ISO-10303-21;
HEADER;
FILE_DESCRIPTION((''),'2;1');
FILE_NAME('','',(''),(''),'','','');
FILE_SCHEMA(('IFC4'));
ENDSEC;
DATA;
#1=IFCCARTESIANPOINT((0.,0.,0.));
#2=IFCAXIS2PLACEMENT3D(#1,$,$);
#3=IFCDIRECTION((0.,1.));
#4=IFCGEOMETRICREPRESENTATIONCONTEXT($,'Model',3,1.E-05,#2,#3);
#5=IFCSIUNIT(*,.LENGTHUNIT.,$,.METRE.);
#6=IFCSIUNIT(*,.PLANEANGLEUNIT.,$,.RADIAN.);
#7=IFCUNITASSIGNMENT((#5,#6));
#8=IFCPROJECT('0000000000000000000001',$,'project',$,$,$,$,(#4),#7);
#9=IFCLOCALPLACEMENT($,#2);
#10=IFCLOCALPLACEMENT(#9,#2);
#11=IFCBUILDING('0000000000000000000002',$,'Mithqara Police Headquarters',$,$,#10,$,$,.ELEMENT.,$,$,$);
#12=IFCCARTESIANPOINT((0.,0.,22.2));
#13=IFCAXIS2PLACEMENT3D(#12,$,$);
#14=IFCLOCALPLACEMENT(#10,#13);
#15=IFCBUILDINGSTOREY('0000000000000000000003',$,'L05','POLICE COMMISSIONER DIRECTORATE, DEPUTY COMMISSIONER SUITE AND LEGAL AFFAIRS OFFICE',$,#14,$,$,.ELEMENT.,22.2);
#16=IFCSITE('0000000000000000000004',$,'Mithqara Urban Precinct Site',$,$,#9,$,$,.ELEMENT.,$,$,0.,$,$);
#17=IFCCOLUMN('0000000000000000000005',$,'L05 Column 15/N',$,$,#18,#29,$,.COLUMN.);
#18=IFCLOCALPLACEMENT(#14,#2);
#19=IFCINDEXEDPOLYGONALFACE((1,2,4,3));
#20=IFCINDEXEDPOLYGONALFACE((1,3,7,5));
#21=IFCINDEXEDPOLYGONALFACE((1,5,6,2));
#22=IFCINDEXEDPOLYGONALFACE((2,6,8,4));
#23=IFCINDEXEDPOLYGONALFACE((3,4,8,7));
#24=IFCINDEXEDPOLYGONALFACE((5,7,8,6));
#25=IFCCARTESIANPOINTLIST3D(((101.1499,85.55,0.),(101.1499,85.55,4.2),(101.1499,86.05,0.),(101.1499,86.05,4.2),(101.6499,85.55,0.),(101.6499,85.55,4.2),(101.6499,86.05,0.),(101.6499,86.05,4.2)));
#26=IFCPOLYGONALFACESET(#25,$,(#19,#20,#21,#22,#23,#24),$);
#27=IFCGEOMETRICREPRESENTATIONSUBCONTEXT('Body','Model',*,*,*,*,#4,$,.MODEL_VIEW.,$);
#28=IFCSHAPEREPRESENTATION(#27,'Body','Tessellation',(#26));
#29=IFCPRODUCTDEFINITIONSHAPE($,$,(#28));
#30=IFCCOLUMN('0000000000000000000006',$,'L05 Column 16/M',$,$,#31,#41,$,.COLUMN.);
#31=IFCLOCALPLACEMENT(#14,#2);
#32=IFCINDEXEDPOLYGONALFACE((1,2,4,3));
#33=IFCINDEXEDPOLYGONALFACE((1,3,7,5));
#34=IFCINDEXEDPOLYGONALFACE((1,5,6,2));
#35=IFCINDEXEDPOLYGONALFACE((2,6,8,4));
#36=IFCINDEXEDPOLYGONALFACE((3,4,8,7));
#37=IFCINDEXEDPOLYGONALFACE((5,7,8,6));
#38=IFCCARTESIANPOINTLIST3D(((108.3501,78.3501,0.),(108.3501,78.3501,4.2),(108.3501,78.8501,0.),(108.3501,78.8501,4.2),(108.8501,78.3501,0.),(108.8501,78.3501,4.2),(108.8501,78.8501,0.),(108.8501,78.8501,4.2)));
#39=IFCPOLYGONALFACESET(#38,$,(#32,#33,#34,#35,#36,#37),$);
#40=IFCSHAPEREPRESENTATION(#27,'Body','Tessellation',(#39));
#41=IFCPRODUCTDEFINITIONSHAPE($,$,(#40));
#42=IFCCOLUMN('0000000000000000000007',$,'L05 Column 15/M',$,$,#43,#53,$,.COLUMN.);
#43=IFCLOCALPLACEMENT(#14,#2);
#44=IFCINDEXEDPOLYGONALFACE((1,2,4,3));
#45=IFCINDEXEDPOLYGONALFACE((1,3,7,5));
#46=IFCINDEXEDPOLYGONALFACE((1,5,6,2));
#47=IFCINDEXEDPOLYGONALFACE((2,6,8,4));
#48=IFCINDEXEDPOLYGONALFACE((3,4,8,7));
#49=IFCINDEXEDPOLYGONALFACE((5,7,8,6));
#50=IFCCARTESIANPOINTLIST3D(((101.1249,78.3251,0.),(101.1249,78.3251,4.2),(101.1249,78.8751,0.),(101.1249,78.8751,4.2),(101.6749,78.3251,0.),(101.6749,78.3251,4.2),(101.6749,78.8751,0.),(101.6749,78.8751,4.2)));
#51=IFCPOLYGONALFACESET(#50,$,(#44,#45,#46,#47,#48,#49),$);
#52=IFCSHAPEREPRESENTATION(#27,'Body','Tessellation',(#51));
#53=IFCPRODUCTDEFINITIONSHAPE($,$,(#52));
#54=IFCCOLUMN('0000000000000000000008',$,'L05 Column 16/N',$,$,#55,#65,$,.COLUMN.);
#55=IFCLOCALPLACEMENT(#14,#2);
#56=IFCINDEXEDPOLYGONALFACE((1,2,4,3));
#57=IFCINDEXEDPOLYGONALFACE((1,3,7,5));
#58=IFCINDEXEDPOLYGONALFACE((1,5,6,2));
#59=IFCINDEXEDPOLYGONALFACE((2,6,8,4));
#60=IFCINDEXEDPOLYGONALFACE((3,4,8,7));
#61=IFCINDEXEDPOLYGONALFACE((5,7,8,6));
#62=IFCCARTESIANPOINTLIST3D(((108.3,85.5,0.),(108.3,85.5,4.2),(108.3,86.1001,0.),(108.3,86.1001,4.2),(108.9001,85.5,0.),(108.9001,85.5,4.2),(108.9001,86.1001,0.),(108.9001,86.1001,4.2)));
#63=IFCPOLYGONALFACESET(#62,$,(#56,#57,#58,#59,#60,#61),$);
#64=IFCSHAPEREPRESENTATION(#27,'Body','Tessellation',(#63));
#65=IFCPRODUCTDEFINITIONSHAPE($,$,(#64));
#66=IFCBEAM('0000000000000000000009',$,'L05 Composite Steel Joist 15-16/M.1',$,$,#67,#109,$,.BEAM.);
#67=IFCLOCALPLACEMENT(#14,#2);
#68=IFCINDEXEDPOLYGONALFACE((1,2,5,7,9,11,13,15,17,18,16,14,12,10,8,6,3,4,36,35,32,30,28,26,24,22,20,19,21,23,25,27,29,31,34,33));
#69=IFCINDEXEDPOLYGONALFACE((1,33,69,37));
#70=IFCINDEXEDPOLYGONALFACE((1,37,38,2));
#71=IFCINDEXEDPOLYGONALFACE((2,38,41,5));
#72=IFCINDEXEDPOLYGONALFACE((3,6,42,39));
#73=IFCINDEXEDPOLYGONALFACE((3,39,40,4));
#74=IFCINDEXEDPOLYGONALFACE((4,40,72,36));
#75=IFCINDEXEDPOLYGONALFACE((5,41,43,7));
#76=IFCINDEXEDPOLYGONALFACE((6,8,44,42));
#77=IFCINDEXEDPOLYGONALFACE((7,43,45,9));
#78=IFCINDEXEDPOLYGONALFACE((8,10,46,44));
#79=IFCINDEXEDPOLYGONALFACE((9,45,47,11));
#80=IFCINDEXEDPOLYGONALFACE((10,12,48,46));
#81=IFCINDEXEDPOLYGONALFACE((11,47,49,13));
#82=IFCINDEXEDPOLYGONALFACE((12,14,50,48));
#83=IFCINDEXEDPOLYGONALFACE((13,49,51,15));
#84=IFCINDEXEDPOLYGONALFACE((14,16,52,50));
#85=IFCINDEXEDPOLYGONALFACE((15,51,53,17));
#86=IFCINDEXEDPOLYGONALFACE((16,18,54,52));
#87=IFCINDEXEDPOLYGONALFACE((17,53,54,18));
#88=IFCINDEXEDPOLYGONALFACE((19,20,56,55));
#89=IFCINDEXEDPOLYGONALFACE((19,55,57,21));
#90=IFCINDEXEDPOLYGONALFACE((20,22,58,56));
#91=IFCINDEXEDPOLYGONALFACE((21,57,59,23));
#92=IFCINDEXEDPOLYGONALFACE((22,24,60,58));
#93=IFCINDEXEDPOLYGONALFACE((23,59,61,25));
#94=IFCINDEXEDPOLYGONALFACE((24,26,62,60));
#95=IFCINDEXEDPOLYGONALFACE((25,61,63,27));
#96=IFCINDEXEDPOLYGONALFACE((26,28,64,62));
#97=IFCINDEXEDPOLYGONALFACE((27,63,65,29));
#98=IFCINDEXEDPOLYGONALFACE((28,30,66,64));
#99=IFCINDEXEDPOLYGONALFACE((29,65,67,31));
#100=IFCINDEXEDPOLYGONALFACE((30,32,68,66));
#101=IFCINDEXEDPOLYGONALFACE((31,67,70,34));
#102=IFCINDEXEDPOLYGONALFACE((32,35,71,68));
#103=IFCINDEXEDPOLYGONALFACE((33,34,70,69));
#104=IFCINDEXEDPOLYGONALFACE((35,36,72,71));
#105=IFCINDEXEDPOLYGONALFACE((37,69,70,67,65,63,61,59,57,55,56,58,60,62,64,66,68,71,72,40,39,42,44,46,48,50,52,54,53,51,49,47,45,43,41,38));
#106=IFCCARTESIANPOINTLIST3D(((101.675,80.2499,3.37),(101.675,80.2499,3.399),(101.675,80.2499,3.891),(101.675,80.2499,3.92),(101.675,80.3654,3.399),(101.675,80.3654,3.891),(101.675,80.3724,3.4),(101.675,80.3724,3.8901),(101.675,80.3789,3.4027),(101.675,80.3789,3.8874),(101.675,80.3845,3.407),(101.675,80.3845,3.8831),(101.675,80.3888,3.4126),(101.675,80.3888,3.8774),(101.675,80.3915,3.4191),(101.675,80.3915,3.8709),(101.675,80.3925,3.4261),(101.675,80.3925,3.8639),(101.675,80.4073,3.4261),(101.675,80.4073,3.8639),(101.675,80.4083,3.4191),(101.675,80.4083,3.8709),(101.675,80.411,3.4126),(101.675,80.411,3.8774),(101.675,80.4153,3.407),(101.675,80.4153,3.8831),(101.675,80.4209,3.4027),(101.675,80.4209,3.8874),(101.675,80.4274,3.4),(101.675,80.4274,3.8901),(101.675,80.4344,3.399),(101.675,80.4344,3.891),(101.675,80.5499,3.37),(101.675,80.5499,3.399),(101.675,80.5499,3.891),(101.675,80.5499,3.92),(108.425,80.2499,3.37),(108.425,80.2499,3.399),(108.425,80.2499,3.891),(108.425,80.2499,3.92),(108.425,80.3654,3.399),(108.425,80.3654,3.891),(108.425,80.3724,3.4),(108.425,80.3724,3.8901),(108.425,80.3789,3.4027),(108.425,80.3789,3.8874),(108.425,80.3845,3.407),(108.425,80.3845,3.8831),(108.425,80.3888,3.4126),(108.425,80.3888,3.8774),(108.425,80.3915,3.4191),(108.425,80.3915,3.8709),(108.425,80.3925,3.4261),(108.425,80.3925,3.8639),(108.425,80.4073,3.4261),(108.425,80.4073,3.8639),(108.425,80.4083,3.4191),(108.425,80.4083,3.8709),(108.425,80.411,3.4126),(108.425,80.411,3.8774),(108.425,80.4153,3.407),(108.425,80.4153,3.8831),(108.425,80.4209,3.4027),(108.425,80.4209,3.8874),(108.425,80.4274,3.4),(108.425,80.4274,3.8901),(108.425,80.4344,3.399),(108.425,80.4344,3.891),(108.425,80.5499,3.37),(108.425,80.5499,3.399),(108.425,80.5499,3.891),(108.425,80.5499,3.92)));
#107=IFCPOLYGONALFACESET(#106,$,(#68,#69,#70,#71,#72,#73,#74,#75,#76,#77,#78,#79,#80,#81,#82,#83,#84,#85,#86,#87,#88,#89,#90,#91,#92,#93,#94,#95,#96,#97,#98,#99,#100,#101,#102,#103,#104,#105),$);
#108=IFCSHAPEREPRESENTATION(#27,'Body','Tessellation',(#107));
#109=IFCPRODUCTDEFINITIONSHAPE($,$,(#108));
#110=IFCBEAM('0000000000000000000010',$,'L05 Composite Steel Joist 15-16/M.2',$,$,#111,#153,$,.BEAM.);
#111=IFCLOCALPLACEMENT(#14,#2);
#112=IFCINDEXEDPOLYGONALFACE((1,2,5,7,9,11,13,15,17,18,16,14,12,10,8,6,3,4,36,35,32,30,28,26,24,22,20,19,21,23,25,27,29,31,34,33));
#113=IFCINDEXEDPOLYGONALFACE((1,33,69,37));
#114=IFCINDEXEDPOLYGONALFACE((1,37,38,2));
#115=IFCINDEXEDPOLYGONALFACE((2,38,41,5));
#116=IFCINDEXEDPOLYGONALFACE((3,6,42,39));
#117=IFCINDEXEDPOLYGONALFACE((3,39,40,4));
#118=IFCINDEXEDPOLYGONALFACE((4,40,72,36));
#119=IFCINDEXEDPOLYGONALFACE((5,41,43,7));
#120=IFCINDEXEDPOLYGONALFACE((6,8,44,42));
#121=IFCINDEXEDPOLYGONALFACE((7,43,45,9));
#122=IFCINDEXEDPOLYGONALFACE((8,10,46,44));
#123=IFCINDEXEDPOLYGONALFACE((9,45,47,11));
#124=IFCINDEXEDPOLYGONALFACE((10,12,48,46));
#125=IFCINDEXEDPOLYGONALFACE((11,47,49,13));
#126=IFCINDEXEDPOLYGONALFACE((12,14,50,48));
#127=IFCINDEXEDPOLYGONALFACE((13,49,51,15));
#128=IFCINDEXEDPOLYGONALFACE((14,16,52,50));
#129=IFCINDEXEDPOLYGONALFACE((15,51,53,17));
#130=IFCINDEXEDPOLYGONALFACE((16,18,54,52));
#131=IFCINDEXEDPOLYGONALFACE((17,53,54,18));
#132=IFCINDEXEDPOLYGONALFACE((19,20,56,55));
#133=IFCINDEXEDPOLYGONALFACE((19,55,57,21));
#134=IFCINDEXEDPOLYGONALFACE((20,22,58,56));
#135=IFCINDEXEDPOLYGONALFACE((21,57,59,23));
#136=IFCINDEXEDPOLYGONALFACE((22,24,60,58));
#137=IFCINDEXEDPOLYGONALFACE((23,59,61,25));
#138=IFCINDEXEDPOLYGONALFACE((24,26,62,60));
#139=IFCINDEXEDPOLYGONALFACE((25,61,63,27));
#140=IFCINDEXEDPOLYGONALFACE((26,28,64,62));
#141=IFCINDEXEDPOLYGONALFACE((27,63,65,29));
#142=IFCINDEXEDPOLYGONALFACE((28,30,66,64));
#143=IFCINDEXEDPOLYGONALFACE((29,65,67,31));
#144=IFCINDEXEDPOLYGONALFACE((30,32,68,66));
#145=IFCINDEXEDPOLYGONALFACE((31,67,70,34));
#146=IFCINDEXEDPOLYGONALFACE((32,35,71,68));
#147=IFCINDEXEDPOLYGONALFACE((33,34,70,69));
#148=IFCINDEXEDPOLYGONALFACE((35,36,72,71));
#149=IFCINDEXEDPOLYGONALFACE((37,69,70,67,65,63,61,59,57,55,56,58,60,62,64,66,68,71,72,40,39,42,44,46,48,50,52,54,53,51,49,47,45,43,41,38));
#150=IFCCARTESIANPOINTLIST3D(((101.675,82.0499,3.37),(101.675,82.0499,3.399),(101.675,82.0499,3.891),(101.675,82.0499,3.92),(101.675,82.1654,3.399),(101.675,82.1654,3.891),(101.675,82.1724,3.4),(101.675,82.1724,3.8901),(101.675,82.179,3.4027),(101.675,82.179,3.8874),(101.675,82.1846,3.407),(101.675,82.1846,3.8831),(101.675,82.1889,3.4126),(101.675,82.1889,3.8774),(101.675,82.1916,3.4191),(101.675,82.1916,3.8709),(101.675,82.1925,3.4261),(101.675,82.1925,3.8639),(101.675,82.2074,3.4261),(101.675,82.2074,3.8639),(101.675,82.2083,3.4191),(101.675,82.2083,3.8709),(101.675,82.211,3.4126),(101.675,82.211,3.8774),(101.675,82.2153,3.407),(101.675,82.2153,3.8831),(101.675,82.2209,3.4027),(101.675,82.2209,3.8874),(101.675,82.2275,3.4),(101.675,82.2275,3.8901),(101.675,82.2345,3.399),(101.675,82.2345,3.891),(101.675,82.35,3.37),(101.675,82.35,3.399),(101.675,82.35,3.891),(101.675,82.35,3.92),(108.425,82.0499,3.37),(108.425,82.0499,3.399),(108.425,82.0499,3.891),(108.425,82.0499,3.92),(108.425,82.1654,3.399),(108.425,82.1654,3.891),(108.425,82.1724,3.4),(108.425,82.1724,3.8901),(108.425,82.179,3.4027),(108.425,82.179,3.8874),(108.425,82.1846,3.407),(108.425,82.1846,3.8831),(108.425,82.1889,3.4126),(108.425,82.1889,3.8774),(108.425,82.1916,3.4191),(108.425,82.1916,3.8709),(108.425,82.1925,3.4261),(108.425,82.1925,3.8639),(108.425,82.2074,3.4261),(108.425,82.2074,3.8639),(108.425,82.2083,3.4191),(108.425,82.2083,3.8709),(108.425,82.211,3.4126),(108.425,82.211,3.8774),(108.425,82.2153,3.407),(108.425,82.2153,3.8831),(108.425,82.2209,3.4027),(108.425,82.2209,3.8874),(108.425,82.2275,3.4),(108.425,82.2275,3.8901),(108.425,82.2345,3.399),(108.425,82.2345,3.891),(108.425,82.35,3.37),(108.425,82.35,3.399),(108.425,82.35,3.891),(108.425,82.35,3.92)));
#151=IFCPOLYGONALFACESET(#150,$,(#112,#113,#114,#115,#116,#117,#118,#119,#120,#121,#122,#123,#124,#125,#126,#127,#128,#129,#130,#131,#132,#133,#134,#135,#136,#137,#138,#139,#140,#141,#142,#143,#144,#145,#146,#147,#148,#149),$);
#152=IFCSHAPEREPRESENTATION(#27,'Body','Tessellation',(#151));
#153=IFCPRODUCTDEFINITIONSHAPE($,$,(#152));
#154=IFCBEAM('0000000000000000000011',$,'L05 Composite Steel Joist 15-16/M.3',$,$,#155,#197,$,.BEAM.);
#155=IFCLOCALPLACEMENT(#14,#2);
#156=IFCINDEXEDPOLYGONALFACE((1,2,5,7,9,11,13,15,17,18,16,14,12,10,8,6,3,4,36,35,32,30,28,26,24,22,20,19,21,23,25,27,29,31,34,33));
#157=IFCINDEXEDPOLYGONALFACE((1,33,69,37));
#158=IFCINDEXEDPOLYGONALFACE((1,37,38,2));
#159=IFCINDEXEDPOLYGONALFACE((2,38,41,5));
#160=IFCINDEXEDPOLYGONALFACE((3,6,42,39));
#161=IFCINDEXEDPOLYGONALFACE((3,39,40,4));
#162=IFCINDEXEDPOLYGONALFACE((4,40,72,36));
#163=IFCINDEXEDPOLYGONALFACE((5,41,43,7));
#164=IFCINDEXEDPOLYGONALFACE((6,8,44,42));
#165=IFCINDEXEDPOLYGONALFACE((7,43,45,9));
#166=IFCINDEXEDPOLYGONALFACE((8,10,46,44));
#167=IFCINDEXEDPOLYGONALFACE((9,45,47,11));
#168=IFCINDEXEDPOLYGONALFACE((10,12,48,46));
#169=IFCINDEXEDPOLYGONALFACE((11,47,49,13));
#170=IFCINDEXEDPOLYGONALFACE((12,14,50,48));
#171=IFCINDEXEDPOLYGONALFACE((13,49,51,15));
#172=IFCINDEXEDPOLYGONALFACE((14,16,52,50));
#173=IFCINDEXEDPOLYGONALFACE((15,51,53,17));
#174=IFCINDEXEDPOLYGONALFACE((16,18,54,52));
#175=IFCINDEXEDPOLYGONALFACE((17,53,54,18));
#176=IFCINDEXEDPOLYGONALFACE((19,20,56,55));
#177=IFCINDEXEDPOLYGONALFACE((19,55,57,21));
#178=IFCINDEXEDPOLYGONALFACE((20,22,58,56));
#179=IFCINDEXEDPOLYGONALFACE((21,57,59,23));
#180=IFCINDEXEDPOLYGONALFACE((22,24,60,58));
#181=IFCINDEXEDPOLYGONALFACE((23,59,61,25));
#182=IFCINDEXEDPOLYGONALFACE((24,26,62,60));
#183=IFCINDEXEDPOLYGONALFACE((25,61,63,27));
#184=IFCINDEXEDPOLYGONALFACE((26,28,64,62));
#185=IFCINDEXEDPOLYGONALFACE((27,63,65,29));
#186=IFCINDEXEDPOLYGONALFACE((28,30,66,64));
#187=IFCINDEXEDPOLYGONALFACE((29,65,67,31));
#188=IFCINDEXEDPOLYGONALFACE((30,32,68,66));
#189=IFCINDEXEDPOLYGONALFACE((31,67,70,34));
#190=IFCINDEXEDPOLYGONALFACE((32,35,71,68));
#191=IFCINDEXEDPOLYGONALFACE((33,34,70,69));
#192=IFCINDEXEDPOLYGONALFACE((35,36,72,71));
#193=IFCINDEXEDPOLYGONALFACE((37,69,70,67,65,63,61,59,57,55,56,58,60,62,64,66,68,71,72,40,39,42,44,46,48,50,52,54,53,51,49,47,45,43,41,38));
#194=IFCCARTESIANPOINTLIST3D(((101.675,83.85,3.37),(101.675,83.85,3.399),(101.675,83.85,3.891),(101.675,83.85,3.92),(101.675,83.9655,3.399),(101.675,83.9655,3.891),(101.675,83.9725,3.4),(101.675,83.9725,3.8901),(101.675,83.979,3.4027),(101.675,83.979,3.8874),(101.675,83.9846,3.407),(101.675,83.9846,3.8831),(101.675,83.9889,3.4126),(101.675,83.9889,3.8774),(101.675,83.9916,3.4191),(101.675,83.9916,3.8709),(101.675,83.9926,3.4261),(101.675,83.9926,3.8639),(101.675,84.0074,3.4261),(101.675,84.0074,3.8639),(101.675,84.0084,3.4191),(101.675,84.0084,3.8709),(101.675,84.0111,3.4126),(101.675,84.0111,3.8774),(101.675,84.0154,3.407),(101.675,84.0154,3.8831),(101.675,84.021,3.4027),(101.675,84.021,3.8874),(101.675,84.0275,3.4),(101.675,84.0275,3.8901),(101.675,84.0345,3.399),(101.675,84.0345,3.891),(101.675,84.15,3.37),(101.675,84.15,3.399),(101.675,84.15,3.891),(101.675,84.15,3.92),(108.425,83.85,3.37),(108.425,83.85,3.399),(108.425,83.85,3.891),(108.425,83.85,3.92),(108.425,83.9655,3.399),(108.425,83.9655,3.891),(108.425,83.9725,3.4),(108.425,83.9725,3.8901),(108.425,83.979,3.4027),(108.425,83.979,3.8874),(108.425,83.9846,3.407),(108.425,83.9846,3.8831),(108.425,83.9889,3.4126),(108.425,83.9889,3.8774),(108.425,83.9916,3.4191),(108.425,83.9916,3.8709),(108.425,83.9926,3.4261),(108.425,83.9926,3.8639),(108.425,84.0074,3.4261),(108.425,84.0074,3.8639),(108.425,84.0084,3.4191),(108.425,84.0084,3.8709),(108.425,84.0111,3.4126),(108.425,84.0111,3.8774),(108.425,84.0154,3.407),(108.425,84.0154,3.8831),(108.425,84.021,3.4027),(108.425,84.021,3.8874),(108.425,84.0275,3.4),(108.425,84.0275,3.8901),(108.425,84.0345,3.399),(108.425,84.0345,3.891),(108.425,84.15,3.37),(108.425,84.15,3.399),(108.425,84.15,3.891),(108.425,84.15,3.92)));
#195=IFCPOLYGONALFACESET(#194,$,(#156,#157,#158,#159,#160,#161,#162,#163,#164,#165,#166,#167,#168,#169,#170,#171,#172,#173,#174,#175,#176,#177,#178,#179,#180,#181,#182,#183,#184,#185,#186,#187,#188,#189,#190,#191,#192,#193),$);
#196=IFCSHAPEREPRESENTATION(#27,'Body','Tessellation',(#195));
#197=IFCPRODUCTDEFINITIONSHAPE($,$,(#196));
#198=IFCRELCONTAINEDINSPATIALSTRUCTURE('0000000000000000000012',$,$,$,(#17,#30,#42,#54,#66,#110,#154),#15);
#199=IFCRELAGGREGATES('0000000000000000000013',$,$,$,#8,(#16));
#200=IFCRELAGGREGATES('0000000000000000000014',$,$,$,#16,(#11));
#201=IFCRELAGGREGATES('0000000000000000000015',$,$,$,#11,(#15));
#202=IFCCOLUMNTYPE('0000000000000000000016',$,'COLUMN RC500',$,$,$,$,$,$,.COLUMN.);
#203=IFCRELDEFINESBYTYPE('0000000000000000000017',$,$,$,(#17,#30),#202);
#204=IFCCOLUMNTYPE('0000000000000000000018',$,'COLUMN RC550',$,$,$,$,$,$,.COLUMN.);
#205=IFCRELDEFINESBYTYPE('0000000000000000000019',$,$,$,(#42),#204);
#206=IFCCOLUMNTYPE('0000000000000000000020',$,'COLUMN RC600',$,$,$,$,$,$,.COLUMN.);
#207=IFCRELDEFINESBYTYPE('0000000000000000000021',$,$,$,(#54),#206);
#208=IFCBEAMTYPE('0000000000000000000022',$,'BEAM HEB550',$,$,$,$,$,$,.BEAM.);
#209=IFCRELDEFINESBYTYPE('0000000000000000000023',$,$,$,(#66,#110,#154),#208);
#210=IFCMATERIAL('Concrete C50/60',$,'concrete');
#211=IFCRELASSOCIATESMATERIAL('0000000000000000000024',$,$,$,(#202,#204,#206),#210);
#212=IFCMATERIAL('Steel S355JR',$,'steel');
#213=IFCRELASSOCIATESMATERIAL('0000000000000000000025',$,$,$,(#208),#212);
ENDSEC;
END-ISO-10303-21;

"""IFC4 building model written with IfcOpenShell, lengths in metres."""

from ifc_helpers import new_model, si_unit, direction, frame, origin, origin_2d, place, context, subcontext, project, spatial, rectangle, i_section, extrude, material, material_profile, profile_set, type_object, element, save


model = new_model("IFC4")

# Units and contexts
model_context = context("Model", 3, precision=1e-05, world=origin(), true_north=direction((0.0, 1.0)))
body_context = subcontext(model_context, "Body", "Model", "MODEL_VIEW")
ifc_project = project(units=[si_unit("LENGTHUNIT", "METRE"), si_unit("PLANEANGLEUNIT", "RADIAN")], contexts=[model_context])

# Site, building, storey
site_placement = place(None, origin())
site = spatial("IfcSite", under=ifc_project, at=site_placement, Name="Mithqara Urban Precinct Site", CompositionType="ELEMENT", RefElevation=0.0)
building_placement = place(site_placement, origin())
building = spatial("IfcBuilding", under=site, at=building_placement, Name="Mithqara Police Headquarters", CompositionType="ELEMENT")
storey_placement = place(building_placement, frame((0.0, 0.0, 22.2)))
storey = spatial("IfcBuildingStorey", under=building, at=storey_placement, Name="L05", Description="POLICE COMMISSIONER DIRECTORATE, DEPUTY COMMISSIONER SUITE AND LEGAL AFFAIRS OFFICE", CompositionType="ELEMENT", Elevation=22.2)

# Columns
ifc_material_1 = material(Name="Concrete C50/60", Category="concrete")
ifc_material_profile_1 = material_profile(ifc_material_1, rectangle(XDim=0.5, YDim=0.5, at=origin_2d()), Name="RC 500x500")
ifc_profile_set_1 = profile_set([ifc_material_profile_1], Name="Concrete C50/60")
column_type_1 = type_object("IfcColumnType", Name="COLUMN RC500", PredefinedType="COLUMN", material=ifc_profile_set_1)
for number, where, z_axis, x_axis, name in (
    (1, (101.3999, 85.8, 0.0), (0.0, 0.0, 1.0), (1.0, 0.0, 0.0), "L05 Column 15/N"),
    (2, (108.6001, 78.6001, 0.0), (0.0, 0.0, 1.0), (1.0, 0.0, 0.0), "L05 Column 16/M"),
):
    element("IfcColumn", number, at=place(storey_placement, frame(where, z_axis=z_axis, x_axis=x_axis)), inside=storey, type_object=column_type_1, Name=name, PredefinedType="COLUMN", context=body_context, shape_type="SweptSolid", body=[
        extrude(rectangle(XDim=0.5, YDim=0.5, at=origin_2d()), origin(), (0.0, 0.0, 1.0), 4.2),
    ])
ifc_material_profile_2 = material_profile(ifc_material_1, rectangle(XDim=0.55, YDim=0.55, at=origin_2d()), Name="RC 550x550")
ifc_profile_set_2 = profile_set([ifc_material_profile_2], Name="Concrete C50/60")
column_type_2 = type_object("IfcColumnType", Name="COLUMN RC550", PredefinedType="COLUMN", material=ifc_profile_set_2)
column_1_placement = place(storey_placement, frame((101.3999, 78.6001, 0.0), z_axis=(0.0, 0.0, 1.0), x_axis=(1.0, 0.0, 0.0)))
element("IfcColumn", 3, at=column_1_placement, inside=storey, type_object=column_type_2, Name="L05 Column 15/M", PredefinedType="COLUMN", context=body_context, shape_type="SweptSolid", body=[
    extrude(rectangle(XDim=0.55, YDim=0.55, at=origin_2d()), origin(), (0.0, 0.0, 1.0), 4.2),
])
ifc_material_profile_3 = material_profile(ifc_material_1, rectangle(XDim=0.6001, YDim=0.6001, at=origin_2d()), Name="RC 600x600")
ifc_profile_set_3 = profile_set([ifc_material_profile_3], Name="Concrete C50/60")
column_type_3 = type_object("IfcColumnType", Name="COLUMN RC600", PredefinedType="COLUMN", material=ifc_profile_set_3)
column_2_placement = place(storey_placement, frame((108.6001, 85.8, 0.0), z_axis=(0.0, 0.0, 1.0), x_axis=(1.0, 0.0, 0.0)))
element("IfcColumn", 4, at=column_2_placement, inside=storey, type_object=column_type_3, Name="L05 Column 16/N", PredefinedType="COLUMN", context=body_context, shape_type="SweptSolid", body=[
    extrude(rectangle(XDim=0.6001, YDim=0.6001, at=origin_2d()), origin(), (0.0, 0.0, 1.0), 4.2),
])

# Beams
ifc_material_2 = material(Name="Steel S355JR", Category="steel")
ifc_material_profile_4 = material_profile(ifc_material_2, i_section(OverallWidth=0.3, OverallDepth=0.55, WebThickness=0.0149, FlangeThickness=0.0291, FilletRadius=0.0271, at=origin_2d()), Name="HEB 550")
ifc_profile_set_4 = profile_set([ifc_material_profile_4], Name="Steel S355JR")
beam_type_1 = type_object("IfcBeamType", Name="BEAM HEB550", PredefinedType="BEAM", material=ifc_profile_set_4)
for number, where, z_axis, x_axis, name in (
    (5, (101.675, 80.3999, 3.645), (1.0, 0.0, 0.0), (0.0, 1.0, 0.0), "L05 Composite Steel Joist 15-16/M.1"),
    (6, (101.675, 82.2, 3.645), (1.0, 0.0, 0.0), (0.0, 1.0, 0.0), "L05 Composite Steel Joist 15-16/M.2"),
    (7, (101.675, 84.0, 3.645), (1.0, 0.0, 0.0), (0.0, 1.0, 0.0), "L05 Composite Steel Joist 15-16/M.3"),
):
    element("IfcBeam", number, at=place(storey_placement, frame(where, z_axis=z_axis, x_axis=x_axis)), inside=storey, type_object=beam_type_1, Name=name, PredefinedType="BEAM", context=body_context, shape_type="SweptSolid", body=[
        extrude(i_section(OverallWidth=0.3, OverallDepth=0.55, WebThickness=0.0149, FlangeThickness=0.0291, FilletRadius=0.0271, at=origin_2d()), origin(), (0.0, 0.0, 1.0), 6.75),
    ])

save(model, "model.ifc")
